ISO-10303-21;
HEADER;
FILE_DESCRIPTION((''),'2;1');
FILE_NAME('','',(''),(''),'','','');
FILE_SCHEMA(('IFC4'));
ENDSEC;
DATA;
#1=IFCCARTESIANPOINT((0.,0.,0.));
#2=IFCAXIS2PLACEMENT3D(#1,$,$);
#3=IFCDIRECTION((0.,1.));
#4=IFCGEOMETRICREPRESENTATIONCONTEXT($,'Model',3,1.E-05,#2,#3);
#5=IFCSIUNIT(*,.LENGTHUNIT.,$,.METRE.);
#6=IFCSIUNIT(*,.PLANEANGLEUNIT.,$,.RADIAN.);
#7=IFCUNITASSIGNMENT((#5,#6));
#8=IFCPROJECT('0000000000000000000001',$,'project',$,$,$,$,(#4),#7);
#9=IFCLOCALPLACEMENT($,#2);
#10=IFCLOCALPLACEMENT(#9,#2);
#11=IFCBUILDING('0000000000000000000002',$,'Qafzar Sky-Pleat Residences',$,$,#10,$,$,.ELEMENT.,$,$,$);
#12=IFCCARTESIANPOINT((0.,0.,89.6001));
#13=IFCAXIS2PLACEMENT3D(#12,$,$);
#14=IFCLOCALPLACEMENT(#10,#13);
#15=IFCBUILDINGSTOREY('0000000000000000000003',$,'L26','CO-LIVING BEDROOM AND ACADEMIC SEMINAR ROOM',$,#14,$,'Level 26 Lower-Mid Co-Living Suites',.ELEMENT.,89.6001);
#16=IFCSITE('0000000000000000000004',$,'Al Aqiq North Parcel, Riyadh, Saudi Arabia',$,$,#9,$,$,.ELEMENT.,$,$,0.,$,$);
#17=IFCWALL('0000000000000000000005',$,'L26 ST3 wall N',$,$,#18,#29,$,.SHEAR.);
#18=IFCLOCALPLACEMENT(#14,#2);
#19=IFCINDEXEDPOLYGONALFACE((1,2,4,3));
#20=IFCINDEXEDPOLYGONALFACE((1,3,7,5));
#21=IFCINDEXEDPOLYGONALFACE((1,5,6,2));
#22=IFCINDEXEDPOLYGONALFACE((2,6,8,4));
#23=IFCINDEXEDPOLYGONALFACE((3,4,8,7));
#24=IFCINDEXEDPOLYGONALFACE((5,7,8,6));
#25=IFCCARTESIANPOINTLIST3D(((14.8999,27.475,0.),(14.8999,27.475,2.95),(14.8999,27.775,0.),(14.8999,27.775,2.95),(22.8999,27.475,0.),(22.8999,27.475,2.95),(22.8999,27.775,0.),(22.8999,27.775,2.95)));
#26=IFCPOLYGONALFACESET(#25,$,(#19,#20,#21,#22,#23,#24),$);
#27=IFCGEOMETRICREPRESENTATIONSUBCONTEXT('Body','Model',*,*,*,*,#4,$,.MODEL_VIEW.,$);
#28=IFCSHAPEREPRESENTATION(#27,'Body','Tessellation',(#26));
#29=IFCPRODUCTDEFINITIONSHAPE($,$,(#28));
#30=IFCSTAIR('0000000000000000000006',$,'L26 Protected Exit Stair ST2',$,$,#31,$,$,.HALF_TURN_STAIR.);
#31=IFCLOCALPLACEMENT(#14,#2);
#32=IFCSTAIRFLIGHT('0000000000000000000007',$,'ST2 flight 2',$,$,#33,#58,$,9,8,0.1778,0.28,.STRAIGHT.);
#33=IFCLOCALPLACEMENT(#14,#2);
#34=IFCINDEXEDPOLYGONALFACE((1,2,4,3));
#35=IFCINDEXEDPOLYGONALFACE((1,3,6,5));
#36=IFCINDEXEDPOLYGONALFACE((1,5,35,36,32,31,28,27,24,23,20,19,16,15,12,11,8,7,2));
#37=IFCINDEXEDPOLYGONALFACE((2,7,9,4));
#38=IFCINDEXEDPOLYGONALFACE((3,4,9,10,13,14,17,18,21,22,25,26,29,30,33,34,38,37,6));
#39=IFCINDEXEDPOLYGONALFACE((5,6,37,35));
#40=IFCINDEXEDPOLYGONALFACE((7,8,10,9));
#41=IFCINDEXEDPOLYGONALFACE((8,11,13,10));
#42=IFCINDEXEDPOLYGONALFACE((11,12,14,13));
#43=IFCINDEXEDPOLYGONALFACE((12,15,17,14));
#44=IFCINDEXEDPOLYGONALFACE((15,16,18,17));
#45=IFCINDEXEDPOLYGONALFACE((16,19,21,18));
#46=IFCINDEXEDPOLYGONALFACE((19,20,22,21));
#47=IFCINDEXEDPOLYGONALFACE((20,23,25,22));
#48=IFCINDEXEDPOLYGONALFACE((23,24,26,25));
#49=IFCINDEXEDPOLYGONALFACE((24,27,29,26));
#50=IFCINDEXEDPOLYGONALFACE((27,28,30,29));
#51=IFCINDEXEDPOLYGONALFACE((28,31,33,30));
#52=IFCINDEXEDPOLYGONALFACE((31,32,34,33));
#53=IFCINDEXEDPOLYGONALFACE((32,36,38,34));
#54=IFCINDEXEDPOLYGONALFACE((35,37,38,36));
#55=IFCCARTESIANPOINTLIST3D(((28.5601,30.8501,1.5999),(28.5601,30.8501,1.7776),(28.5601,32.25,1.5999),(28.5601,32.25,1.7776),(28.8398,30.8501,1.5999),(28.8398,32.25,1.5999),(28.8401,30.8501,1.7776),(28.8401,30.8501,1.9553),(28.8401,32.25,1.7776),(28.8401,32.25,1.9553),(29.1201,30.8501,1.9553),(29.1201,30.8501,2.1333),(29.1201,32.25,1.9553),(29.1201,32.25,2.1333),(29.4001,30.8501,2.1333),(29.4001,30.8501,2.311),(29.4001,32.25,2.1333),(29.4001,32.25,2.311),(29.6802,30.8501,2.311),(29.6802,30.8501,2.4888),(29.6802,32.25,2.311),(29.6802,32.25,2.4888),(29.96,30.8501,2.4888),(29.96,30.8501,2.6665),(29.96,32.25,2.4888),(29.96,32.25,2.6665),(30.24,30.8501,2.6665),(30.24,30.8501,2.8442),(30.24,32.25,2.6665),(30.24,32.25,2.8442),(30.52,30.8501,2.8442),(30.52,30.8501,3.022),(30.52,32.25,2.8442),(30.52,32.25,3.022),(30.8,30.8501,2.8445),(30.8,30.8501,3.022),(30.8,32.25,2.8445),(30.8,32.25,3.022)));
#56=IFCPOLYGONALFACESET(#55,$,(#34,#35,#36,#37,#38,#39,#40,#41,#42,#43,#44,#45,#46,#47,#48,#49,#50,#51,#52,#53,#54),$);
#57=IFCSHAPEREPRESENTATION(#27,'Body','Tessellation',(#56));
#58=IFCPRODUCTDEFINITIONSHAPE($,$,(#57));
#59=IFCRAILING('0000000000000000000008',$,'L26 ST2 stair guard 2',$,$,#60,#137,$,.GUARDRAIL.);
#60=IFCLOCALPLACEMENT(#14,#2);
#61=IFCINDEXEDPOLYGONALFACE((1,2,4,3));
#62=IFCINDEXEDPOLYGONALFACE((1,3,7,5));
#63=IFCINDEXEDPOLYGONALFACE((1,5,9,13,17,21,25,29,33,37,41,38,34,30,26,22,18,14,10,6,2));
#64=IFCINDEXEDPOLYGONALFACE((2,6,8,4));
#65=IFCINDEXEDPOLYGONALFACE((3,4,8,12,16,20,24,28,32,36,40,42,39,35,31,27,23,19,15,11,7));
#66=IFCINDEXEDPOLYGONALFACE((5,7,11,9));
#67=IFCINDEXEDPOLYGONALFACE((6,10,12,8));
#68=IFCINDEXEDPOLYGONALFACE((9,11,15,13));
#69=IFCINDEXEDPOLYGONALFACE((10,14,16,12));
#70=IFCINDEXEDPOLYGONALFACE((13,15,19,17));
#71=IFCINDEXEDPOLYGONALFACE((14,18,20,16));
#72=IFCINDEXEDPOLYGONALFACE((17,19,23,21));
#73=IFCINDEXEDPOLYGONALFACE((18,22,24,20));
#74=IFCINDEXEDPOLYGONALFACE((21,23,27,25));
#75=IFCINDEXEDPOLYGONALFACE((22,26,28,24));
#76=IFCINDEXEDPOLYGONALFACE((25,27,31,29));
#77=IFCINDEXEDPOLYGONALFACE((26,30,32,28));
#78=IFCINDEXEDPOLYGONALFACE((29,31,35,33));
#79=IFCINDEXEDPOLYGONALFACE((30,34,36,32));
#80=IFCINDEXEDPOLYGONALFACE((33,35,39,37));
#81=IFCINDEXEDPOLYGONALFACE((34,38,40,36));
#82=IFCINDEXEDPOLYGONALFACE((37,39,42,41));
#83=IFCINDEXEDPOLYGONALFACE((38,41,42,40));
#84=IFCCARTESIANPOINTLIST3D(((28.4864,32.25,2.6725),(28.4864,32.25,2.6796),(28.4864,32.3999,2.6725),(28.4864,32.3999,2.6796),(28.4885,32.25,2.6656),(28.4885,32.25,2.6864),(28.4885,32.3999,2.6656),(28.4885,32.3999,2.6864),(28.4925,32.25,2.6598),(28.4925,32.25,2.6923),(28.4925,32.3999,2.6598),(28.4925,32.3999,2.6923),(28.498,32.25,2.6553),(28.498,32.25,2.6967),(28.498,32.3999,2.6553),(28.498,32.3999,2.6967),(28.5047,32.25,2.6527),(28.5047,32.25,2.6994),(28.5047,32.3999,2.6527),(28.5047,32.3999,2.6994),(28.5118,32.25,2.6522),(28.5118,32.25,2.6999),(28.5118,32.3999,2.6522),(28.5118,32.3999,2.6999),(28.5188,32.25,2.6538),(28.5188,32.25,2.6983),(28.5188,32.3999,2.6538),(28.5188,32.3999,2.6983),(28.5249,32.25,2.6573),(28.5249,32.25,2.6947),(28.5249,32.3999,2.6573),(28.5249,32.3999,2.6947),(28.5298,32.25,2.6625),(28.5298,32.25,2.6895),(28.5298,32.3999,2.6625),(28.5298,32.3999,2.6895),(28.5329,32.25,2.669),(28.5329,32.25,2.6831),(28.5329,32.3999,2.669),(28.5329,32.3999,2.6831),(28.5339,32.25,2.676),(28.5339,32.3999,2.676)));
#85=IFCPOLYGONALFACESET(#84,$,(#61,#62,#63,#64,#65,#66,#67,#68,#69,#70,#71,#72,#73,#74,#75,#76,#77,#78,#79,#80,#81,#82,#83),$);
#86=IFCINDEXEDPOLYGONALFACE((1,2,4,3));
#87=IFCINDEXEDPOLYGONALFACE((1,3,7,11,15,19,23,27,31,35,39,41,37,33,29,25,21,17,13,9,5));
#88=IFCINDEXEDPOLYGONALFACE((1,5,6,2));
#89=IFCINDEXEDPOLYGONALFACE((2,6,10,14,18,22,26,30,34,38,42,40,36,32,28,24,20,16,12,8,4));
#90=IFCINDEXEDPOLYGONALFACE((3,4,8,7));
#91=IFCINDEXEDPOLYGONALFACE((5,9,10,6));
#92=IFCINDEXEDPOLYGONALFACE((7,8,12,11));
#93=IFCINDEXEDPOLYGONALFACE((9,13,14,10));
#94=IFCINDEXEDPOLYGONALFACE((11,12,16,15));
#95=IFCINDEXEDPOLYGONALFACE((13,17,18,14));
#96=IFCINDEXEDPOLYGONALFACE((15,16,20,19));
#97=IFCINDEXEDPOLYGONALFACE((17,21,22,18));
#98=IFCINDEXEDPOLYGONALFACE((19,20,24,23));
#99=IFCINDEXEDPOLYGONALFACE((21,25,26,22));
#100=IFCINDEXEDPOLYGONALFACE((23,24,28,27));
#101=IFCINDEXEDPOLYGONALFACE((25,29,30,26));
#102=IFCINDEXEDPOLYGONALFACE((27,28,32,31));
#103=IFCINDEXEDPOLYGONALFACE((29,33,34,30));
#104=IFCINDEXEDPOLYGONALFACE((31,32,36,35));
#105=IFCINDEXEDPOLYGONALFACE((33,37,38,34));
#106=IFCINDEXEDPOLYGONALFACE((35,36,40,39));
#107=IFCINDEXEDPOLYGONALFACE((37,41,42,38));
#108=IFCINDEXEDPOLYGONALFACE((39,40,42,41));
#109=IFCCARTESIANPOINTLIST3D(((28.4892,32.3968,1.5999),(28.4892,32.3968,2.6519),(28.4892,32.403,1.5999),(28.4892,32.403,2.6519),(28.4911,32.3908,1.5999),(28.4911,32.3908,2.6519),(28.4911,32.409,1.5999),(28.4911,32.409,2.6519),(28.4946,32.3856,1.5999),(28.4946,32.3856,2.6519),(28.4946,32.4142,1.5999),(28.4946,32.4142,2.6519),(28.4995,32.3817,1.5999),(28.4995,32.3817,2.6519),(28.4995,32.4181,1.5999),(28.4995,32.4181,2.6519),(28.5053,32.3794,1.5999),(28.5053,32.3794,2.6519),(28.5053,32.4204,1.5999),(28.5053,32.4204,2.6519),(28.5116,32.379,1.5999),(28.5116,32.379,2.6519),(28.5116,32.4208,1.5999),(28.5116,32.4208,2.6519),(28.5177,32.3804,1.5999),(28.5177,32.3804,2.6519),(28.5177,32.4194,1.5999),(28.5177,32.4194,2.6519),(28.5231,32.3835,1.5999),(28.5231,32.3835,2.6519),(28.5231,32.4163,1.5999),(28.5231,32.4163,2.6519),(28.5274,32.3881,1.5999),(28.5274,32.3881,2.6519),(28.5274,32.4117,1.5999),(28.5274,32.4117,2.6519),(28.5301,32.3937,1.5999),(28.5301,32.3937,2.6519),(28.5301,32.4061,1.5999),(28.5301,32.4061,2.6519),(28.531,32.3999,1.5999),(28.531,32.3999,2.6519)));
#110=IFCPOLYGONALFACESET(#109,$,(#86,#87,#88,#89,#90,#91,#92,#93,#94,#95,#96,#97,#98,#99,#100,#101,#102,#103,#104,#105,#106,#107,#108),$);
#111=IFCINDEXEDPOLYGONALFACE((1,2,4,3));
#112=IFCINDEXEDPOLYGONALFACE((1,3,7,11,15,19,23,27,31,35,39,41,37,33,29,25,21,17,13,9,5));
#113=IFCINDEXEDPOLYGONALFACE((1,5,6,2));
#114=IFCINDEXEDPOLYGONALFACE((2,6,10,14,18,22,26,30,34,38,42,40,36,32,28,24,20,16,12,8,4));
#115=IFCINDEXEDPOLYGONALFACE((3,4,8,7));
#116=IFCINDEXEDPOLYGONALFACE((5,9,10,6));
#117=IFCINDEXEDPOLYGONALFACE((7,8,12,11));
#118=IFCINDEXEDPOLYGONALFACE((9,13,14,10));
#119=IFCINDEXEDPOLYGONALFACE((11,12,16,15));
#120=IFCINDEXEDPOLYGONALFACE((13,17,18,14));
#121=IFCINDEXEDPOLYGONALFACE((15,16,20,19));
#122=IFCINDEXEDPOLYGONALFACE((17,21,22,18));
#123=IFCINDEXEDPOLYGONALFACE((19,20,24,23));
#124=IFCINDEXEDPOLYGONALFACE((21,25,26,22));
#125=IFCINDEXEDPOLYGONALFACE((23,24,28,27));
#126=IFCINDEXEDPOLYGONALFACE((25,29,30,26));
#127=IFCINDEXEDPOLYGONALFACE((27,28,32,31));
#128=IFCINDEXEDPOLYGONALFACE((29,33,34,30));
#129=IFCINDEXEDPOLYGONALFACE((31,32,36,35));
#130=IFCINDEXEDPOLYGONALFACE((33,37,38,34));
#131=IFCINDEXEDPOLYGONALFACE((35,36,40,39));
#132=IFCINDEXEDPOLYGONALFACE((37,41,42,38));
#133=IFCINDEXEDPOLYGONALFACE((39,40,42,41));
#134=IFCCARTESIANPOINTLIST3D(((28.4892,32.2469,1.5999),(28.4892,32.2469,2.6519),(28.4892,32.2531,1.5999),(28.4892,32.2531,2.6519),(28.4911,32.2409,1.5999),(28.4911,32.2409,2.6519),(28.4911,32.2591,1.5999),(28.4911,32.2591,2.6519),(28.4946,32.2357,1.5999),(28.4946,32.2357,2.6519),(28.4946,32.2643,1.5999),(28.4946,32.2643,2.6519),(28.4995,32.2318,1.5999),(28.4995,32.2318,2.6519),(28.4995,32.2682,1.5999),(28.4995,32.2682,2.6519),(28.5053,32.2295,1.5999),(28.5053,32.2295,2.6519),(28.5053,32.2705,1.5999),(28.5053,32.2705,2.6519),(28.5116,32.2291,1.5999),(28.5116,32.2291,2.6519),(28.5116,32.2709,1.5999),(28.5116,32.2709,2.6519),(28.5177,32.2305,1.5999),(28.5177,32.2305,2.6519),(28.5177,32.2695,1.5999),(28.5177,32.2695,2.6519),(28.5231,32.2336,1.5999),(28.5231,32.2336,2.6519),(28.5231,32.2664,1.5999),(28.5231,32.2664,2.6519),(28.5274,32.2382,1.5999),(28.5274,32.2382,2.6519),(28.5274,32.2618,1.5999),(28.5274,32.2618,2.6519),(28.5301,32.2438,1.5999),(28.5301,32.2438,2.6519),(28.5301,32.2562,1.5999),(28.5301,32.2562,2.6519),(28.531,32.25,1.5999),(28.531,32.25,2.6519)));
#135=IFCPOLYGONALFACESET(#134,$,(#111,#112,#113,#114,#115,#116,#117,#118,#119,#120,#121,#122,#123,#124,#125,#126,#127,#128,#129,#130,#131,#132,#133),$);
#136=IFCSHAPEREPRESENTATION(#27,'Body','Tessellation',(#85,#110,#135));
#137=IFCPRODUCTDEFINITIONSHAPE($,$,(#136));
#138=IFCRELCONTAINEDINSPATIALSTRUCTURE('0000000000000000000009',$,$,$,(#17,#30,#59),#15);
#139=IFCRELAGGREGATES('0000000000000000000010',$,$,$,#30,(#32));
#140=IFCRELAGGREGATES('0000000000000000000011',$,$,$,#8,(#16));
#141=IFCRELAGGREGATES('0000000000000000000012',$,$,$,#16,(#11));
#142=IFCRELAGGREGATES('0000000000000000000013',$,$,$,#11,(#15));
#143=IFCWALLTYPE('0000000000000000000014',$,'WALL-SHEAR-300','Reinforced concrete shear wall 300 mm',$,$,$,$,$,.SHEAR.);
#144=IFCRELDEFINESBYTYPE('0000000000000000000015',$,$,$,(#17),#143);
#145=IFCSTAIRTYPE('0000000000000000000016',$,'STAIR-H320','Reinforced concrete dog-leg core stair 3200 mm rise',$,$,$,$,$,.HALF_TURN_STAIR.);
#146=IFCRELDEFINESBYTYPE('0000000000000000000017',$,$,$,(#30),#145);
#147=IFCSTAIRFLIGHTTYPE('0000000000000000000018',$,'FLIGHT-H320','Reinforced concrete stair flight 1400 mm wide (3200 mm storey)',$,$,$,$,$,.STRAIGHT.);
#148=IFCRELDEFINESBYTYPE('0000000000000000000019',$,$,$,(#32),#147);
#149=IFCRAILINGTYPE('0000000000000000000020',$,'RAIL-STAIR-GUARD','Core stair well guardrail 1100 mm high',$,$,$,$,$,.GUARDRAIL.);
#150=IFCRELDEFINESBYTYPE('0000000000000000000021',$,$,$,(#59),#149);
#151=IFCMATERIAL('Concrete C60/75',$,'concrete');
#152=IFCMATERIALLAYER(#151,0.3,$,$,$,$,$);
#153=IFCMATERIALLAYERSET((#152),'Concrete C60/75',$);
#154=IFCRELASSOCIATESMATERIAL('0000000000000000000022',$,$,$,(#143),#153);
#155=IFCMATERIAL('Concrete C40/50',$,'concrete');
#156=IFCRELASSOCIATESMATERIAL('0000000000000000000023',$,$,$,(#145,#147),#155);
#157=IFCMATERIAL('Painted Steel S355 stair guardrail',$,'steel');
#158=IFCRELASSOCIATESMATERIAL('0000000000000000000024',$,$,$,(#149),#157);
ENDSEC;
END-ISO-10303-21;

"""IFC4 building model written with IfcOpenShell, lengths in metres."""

from ifc_helpers import new_model, si_unit, direction, frame, frame_2d, origin, origin_2d, place, context, subcontext, project, spatial, polyline, rectangle, circle, outline, extrude, source, transform, mapped, material, layer, layer_set, type_object, element, aggregate, save


model = new_model("IFC4")

# Units and contexts
model_context = context("Model", 3, precision=1e-05, world=origin(), true_north=direction((0.0, 1.0)))
body_context = subcontext(model_context, "Body", "Model", "MODEL_VIEW")
ifc_project = project(units=[si_unit("LENGTHUNIT", "METRE"), si_unit("PLANEANGLEUNIT", "RADIAN")], contexts=[model_context])

# Site, building, storey
site_placement = place(None, origin())
site = spatial("IfcSite", under=ifc_project, at=site_placement, Name="Al Aqiq North Parcel, Riyadh, Saudi Arabia", CompositionType="ELEMENT", RefElevation=0.0)
building_placement = place(site_placement, origin())
building = spatial("IfcBuilding", under=site, at=building_placement, Name="Qafzar Sky-Pleat Residences", CompositionType="ELEMENT")
storey_placement = place(building_placement, frame((0.0, 0.0, 89.6001)))
storey = spatial("IfcBuildingStorey", under=building, at=storey_placement, Name="L26", Description="CO-LIVING BEDROOM AND ACADEMIC SEMINAR ROOM", LongName="Level 26 Lower-Mid Co-Living Suites", CompositionType="ELEMENT", Elevation=89.6001)

# Shared definitions
ifc_material_1 = material(Name="Concrete C60/75", Category="concrete")
ifc_layer_1 = layer(ifc_material_1, 0.3)
ifc_layer_set_1 = layer_set([ifc_layer_1], Name="Concrete C60/75")
wall_type_1 = type_object("IfcWallType", Name="WALL-SHEAR-300", Description="Reinforced concrete shear wall 300 mm", PredefinedType="SHEAR", material=ifc_layer_set_1)

# Wall
wall_1_placement = place(storey_placement, frame((22.8999, 27.625, 0.0), z_axis=(0.0, 0.0, 1.0), x_axis=(-1.0, 0.0, 0.0)))
element("IfcWall", 1, at=wall_1_placement, inside=storey, type_object=wall_type_1, Name="L26 ST3 wall N", PredefinedType="SHEAR", context=body_context, shape_type="SweptSolid", body=[
    extrude(rectangle(XDim=8.0, YDim=0.3, at=frame_2d((4.0, 0.0))), origin(), (0.0, 0.0, 1.0), 2.95),
])

# Stair, stair flight
ifc_material_2 = material(Name="Concrete C40/50", Category="concrete")
stair_type = type_object("IfcStairType", Name="STAIR-H320", Description="Reinforced concrete dog-leg core stair 3200 mm rise", PredefinedType="HALF_TURN_STAIR", material=ifc_material_2)
stair_placement = place(storey_placement, origin())
stair = element("IfcStair", 2, at=stair_placement, inside=storey, type_object=stair_type, Name="L26 Protected Exit Stair ST2", PredefinedType="HALF_TURN_STAIR")
stair_flight_type = type_object("IfcStairFlightType", Name="FLIGHT-H320", Description="Reinforced concrete stair flight 1400 mm wide (3200 mm storey)", PredefinedType="STRAIGHT", material=ifc_material_2)
shared_shape_1 = source(origin(), body_context, "Body", "SweptSolid", [
    extrude(outline(polyline([(0.0, 0.0), (0.0, 0.1777), (0.28, 0.1777), (0.28, 0.3555), (0.5601, 0.3555), (0.5601, 0.5334), (0.8401, 0.5334), (0.8401, 0.7112), (1.1201, 0.7112), (1.1201, 0.8889), (1.3999, 0.8889), (1.3999, 1.0667), (1.6799, 1.0667), (1.6799, 1.2444), (1.96, 1.2444), (1.96, 1.4221), (2.24, 1.4221), (2.24, 1.6001), (2.24, 1.2446), (0.2798, 0.0), (0.0, 0.0)])), frame((0.0, 0.7, 0.0), z_axis=(0.0, -1.0, 0.0), x_axis=(1.0, 0.0, 0.0)), (0.0, 0.0, 1.0), 1.3999),
])
stair_flight_placement = place(storey_placement, frame((28.5601, 31.55, 1.5999), z_axis=(0.0, 0.0, 1.0), x_axis=(1.0, 0.0, 0.0)))
stair_flight = element("IfcStairFlight", 3, at=stair_flight_placement, type_object=stair_flight_type, Name="ST2 flight 2", NumberOfRisers=9, NumberOfTreads=8, PredefinedType="STRAIGHT", RiserHeight=0.1778, TreadLength=0.28, context=body_context, shape_type="MappedRepresentation", body=[
    mapped(shared_shape_1, transform((0.0, 0.0, 0.0), x_axis=(1.0, 0.0, 0.0), y_axis=(0.0, 1.0, 0.0), z_axis=(0.0, 0.0, 1.0), scale=1.0)),
])
aggregate(stair, [stair_flight])

# Railing
ifc_material_3 = material(Name="Painted Steel S355 stair guardrail", Category="steel")
railing_type_1 = type_object("IfcRailingType", Name="RAIL-STAIR-GUARD", Description="Core stair well guardrail 1100 mm high", PredefinedType="GUARDRAIL", material=ifc_material_3)
shared_shape_2 = source(origin(), body_context, "Body", "SweptSolid", [
    extrude(circle(Radius=0.0239, at=origin_2d()), frame((0.0, 0.0, 1.0762), z_axis=(0.0, -1.0, 0.0), x_axis=(1.0, 0.0, 0.0)), (0.0, 0.0, 1.0), 0.1499),
    extrude(circle(Radius=0.021, at=origin_2d()), origin(), (0.0, 0.0, 1.0), 1.052),
    extrude(circle(Radius=0.021, at=origin_2d()), frame((0.0, -0.1499, 0.0)), (0.0, 0.0, 1.0), 1.052),
])
railing_1_placement = place(storey_placement, frame((28.51, 32.3999, 1.5999)))
element("IfcRailing", 4, at=railing_1_placement, inside=storey, type_object=railing_type_1, Name="L26 ST2 stair guard 2", PredefinedType="GUARDRAIL", context=body_context, shape_type="MappedRepresentation", body=[
    mapped(shared_shape_2, transform((0.0, 0.0, 0.0), x_axis=(1.0, 0.0, 0.0), y_axis=(0.0, 1.0, 0.0), z_axis=(0.0, 0.0, 1.0), scale=1.0)),
])

save(model, "model.ifc")
